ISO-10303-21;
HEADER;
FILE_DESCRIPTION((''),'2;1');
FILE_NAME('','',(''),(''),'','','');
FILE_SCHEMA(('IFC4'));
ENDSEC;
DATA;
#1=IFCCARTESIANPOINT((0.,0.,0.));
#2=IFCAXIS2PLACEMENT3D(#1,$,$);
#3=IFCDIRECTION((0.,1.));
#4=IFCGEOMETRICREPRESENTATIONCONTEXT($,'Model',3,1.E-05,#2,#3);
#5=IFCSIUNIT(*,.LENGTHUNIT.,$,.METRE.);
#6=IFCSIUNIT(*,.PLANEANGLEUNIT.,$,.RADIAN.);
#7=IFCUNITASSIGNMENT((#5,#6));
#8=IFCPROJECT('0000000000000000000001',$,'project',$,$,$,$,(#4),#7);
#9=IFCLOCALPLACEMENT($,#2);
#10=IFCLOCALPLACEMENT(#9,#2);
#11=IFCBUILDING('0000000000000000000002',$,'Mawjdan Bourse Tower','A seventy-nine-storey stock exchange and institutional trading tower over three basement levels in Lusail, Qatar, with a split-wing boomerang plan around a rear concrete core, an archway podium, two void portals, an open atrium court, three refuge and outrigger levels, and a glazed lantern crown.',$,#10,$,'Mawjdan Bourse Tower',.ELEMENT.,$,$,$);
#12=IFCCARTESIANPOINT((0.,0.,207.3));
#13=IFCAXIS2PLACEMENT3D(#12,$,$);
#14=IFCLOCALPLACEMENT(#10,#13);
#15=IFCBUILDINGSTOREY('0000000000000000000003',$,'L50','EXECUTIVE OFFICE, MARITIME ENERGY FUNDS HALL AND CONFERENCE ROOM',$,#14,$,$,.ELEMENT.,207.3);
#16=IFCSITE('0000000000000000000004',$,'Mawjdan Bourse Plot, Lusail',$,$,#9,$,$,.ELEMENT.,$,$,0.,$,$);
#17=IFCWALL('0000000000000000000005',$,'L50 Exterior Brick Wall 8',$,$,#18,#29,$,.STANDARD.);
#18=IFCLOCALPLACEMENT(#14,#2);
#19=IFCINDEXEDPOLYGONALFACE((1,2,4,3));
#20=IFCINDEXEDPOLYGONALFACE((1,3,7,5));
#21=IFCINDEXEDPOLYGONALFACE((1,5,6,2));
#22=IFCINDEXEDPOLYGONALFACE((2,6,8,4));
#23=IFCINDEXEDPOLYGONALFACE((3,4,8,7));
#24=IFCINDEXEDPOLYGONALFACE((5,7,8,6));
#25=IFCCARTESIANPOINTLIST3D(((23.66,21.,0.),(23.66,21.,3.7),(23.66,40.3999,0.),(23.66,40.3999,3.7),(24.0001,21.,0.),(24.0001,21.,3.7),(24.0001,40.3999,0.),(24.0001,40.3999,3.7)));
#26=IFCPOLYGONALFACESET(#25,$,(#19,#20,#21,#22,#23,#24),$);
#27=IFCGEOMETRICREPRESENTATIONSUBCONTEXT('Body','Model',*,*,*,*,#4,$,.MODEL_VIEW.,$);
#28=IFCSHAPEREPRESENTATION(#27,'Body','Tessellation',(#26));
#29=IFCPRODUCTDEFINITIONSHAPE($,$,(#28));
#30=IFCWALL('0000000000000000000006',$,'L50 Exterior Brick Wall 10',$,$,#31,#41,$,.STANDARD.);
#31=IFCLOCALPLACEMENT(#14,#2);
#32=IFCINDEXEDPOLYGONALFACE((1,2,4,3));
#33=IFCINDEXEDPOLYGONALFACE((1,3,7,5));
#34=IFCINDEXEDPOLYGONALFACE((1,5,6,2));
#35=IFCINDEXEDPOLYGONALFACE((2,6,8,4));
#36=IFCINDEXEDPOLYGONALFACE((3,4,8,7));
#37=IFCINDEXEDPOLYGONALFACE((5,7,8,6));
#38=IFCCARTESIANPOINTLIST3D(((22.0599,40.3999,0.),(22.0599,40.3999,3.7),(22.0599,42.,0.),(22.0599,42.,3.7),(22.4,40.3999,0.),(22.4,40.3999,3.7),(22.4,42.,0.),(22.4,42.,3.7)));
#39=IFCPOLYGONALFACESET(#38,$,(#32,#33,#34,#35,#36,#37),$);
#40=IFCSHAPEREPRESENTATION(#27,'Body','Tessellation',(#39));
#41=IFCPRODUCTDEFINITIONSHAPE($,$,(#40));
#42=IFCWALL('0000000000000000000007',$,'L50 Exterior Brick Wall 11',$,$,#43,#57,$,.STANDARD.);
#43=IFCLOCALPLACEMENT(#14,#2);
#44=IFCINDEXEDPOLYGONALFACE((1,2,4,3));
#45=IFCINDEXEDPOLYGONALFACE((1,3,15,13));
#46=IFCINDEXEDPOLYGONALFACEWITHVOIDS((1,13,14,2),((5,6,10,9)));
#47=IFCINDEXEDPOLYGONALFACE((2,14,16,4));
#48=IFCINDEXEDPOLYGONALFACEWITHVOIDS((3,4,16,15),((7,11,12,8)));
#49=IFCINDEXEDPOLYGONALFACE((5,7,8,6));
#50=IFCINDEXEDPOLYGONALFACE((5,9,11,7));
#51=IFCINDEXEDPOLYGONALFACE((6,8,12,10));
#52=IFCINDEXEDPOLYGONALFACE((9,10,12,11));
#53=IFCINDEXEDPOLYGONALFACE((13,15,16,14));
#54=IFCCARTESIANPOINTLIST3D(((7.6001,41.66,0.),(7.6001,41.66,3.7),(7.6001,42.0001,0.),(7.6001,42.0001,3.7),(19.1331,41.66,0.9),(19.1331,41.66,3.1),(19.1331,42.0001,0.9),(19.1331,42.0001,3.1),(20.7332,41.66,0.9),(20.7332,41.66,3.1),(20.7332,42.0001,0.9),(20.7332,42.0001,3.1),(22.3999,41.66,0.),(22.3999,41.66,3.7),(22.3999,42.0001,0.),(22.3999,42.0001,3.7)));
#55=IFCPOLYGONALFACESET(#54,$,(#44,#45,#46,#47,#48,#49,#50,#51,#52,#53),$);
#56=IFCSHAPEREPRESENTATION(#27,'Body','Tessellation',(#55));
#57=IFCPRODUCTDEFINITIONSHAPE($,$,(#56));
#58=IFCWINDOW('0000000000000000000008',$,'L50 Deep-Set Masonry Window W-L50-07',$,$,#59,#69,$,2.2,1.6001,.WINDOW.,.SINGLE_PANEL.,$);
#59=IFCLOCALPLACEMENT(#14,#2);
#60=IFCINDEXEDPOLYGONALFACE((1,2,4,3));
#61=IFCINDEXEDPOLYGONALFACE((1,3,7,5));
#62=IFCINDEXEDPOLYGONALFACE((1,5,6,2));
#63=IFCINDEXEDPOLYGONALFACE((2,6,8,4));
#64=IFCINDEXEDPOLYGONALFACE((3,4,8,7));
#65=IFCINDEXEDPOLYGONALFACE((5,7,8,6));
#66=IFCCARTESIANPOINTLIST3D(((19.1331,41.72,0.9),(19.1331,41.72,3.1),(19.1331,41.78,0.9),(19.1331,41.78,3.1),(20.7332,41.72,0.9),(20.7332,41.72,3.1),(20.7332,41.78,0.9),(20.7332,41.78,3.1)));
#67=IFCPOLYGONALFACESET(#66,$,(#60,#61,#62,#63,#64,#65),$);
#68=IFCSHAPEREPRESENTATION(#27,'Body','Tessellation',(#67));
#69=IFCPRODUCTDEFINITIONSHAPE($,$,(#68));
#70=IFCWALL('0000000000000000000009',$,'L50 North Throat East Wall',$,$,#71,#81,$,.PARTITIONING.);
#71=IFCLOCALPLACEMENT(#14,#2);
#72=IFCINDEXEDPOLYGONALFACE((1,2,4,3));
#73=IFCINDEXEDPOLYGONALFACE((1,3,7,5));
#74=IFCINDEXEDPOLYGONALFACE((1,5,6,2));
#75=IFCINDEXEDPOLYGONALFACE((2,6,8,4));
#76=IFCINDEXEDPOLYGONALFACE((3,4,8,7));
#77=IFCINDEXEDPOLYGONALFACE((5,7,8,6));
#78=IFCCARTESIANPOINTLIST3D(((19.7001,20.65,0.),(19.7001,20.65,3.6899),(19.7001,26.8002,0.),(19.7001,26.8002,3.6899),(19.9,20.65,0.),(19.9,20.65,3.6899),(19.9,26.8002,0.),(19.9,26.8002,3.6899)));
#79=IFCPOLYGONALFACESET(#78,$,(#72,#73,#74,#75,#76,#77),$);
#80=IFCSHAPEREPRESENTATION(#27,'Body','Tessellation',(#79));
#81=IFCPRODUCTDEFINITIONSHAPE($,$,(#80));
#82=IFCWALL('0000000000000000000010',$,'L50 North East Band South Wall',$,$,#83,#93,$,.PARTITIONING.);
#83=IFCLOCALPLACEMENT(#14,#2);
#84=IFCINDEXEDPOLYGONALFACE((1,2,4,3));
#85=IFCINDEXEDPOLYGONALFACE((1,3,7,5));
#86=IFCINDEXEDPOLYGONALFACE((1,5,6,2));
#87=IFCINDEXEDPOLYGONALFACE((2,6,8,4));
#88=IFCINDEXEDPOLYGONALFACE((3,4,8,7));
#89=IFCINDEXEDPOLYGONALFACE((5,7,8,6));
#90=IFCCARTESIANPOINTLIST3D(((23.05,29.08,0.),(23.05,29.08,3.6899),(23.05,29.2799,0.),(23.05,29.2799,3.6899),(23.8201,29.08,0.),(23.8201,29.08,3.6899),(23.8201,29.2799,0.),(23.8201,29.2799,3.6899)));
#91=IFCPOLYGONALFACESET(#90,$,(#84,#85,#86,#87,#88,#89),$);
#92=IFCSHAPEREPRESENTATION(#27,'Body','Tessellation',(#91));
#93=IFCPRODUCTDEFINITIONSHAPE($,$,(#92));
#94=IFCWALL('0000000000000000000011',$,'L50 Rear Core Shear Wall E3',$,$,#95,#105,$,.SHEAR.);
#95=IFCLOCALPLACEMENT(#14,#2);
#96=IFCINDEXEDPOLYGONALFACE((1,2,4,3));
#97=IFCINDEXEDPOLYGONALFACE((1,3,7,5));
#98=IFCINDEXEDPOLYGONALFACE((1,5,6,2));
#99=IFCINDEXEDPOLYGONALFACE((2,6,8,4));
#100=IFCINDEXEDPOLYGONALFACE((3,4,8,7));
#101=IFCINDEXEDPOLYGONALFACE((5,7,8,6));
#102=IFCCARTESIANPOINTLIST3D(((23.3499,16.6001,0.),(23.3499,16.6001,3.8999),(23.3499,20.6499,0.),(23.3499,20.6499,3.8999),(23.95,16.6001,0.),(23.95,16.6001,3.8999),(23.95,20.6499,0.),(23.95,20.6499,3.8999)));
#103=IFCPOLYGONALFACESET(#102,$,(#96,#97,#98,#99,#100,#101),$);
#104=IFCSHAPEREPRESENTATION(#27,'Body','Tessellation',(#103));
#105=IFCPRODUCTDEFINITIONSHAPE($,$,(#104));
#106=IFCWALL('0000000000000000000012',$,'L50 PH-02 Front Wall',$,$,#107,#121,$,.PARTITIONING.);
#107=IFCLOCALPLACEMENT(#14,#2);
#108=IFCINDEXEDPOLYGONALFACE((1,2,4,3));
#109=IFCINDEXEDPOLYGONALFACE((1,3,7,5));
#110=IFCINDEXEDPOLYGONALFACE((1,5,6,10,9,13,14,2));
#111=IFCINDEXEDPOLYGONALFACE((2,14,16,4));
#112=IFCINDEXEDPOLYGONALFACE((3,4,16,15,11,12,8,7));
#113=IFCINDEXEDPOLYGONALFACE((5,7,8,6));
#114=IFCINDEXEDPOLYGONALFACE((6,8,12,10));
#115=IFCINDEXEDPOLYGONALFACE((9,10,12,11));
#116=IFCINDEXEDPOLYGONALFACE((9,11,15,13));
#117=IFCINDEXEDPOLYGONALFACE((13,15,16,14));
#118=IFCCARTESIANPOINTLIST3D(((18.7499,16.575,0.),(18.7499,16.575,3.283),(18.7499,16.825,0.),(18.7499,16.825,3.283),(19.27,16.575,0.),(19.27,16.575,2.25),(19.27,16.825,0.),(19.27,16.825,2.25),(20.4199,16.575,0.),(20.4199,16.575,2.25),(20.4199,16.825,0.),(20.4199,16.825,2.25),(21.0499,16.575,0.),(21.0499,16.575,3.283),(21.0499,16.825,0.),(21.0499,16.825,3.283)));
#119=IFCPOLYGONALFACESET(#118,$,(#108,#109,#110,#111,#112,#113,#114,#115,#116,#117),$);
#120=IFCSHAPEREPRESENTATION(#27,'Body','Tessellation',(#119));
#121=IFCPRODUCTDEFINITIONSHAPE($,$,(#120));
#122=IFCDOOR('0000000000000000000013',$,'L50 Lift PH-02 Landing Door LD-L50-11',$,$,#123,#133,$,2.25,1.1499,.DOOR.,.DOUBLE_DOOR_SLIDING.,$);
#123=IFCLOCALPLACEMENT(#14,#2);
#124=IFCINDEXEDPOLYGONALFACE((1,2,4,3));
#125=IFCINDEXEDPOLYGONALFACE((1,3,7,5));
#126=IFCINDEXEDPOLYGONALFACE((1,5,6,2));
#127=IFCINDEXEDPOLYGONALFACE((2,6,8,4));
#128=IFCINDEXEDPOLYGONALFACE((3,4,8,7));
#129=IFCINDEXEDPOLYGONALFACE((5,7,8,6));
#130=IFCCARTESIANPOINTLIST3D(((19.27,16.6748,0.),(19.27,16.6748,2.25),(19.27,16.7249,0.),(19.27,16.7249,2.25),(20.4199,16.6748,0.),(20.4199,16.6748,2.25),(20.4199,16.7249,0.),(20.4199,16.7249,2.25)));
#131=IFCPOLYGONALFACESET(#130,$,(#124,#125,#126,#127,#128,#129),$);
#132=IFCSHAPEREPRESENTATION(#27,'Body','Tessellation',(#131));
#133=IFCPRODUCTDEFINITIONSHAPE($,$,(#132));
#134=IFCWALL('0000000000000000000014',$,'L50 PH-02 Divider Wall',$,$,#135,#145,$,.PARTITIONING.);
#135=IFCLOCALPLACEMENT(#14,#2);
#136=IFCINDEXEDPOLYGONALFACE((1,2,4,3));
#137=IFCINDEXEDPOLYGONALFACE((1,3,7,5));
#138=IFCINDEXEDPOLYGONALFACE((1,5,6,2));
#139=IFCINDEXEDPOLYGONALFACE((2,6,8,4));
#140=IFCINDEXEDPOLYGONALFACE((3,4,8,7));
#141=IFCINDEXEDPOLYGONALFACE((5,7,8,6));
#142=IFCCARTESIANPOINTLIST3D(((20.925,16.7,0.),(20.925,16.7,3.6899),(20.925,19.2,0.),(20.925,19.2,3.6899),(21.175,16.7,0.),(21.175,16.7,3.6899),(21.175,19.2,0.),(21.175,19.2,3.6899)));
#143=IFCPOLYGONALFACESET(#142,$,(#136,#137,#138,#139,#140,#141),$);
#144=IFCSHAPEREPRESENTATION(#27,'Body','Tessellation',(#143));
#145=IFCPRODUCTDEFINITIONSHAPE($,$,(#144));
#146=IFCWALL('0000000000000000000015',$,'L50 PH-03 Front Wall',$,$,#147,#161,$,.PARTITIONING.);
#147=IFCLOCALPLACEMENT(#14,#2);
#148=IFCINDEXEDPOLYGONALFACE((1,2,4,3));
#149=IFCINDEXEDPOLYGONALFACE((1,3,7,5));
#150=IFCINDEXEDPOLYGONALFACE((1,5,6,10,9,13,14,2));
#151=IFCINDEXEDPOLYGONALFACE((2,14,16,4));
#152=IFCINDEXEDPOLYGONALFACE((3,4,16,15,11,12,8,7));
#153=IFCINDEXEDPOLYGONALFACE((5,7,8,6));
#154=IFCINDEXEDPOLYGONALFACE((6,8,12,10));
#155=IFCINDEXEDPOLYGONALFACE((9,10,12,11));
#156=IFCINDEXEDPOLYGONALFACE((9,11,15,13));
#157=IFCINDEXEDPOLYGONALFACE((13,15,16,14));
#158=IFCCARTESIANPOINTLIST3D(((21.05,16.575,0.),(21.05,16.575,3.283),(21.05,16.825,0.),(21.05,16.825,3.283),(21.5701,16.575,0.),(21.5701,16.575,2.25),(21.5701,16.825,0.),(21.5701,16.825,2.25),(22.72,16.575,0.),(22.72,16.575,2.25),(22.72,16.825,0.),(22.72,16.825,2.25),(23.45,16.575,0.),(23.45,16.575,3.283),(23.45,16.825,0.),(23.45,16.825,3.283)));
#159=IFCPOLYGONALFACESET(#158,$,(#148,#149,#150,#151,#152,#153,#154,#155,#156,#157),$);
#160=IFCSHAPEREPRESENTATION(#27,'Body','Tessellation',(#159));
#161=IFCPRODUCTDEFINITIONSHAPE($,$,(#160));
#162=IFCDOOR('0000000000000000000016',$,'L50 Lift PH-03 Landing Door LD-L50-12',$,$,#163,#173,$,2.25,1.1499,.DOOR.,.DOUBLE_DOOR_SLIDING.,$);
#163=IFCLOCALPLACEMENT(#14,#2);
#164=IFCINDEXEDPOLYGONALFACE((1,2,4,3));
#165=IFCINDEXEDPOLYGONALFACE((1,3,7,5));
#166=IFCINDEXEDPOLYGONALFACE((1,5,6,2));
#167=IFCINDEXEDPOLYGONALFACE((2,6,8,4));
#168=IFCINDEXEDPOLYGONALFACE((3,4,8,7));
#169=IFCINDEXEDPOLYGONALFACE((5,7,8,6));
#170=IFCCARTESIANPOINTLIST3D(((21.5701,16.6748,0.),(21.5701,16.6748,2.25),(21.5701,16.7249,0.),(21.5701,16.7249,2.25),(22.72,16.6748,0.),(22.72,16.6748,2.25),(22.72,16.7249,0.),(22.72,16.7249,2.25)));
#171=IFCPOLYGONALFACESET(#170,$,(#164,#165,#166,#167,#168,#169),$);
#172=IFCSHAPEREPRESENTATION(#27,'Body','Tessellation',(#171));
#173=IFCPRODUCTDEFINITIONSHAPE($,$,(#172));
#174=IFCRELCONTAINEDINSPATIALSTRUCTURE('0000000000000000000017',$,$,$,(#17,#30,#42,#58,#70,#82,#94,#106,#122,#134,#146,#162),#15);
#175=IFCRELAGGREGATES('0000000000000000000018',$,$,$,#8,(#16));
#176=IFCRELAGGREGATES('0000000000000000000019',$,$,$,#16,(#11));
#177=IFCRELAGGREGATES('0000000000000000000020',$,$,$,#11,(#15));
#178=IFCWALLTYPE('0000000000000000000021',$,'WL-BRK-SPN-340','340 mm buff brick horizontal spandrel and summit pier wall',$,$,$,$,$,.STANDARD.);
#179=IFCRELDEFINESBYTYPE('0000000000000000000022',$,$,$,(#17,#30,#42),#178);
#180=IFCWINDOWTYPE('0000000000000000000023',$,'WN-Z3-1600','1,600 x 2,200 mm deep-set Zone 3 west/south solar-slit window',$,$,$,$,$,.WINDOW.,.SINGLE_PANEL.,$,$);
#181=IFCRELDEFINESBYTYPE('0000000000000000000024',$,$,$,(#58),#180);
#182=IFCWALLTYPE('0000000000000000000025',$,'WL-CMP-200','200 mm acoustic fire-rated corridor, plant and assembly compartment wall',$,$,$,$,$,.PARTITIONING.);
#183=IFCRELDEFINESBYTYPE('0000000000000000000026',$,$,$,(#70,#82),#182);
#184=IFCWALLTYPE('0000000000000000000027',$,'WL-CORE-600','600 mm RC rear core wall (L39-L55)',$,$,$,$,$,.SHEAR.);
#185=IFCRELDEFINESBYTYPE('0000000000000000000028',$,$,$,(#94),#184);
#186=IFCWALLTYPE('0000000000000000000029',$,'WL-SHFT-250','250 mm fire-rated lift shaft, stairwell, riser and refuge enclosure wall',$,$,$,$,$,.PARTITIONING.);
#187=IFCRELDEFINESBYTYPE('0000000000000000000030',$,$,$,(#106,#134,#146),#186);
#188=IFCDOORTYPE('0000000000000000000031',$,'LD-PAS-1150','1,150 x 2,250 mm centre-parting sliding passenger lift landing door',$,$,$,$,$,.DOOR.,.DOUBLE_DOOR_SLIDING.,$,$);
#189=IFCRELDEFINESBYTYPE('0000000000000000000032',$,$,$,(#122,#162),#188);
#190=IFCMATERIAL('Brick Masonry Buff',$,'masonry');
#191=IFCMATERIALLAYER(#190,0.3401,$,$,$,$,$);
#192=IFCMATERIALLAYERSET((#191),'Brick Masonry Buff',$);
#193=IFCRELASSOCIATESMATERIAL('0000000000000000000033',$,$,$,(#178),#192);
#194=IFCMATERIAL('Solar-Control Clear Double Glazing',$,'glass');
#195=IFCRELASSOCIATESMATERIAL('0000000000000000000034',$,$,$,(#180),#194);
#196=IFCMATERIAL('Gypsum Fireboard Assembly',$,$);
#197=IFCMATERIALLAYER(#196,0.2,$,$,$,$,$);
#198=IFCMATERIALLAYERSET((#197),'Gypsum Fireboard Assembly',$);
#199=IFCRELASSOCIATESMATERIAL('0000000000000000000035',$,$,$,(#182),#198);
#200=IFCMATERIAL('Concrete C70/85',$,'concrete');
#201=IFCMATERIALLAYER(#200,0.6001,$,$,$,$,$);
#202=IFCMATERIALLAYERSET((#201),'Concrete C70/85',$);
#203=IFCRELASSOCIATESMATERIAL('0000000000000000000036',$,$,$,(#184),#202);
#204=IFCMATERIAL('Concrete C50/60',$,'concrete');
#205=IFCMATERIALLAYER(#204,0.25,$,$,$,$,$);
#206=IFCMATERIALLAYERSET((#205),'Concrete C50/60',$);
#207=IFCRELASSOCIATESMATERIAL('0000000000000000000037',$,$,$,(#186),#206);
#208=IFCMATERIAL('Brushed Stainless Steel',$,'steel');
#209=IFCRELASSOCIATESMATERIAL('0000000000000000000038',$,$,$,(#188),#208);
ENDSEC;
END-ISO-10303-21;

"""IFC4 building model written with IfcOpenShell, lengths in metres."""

from ifc_helpers import new_model, si_unit, direction, frame, frame_2d, origin, place, context, subcontext, project, spatial, rectangle, extrude, material, layer, layer_set, type_object, element, fill, save


model = new_model("IFC4")

# Units and contexts
model_context = context("Model", 3, precision=1e-05, world=origin(), true_north=direction((0.0, 1.0)))
body_context = subcontext(model_context, "Body", "Model", "MODEL_VIEW")
ifc_project = project(units=[si_unit("LENGTHUNIT", "METRE"), si_unit("PLANEANGLEUNIT", "RADIAN")], contexts=[model_context])

# Site, building, storey
site_placement = place(None, origin())
site = spatial("IfcSite", under=ifc_project, at=site_placement, Name="Mawjdan Bourse Plot, Lusail", CompositionType="ELEMENT", RefElevation=0.0)
building_placement = place(site_placement, origin())
building = spatial("IfcBuilding", under=site, at=building_placement, Name="Mawjdan Bourse Tower", Description="A seventy-nine-storey stock exchange and institutional trading tower over three basement levels in Lusail, Qatar, with a split-wing boomerang plan around a rear concrete core, an archway podium, two void portals, an open atrium court, three refuge and outrigger levels, and a glazed lantern crown.", LongName="Mawjdan Bourse Tower", CompositionType="ELEMENT")
storey_placement = place(building_placement, frame((0.0, 0.0, 207.3)))
storey = spatial("IfcBuildingStorey", under=building, at=storey_placement, Name="L50", Description="EXECUTIVE OFFICE, MARITIME ENERGY FUNDS HALL AND CONFERENCE ROOM", CompositionType="ELEMENT", Elevation=207.3)

# Shared definitions
ifc_material_1 = material(Name="Concrete C70/85", Category="concrete")

# Walls
ifc_material_2 = material(Name="Brick Masonry Buff", Category="masonry")
ifc_layer_1 = layer(ifc_material_2, 0.3401)
ifc_layer_set_1 = layer_set([ifc_layer_1], Name="Brick Masonry Buff")
wall_type_1 = type_object("IfcWallType", Name="WL-BRK-SPN-340", Description="340 mm buff brick horizontal spandrel and summit pier wall", PredefinedType="STANDARD", material=ifc_layer_set_1)
wall_1_placement = place(storey_placement, frame((23.8301, 21.0, 0.0), z_axis=(0.0, 0.0, 1.0), x_axis=(0.0, 1.0, 0.0)))
element("IfcWall", 1, at=wall_1_placement, inside=storey, type_object=wall_type_1, Name="L50 Exterior Brick Wall 8", PredefinedType="STANDARD", context=body_context, shape_type="SweptSolid", body=[
    extrude(rectangle(XDim=19.3999, YDim=0.3401, at=frame_2d((9.7, 0.0))), origin(), (0.0, 0.0, 1.0), 3.7),
])
wall_2_placement = place(storey_placement, frame((22.23, 40.3999, 0.0), z_axis=(0.0, 0.0, 1.0), x_axis=(0.0, 1.0, 0.0)))
element("IfcWall", 2, at=wall_2_placement, inside=storey, type_object=wall_type_1, Name="L50 Exterior Brick Wall 10", PredefinedType="STANDARD", context=body_context, shape_type="SweptSolid", body=[
    extrude(rectangle(XDim=1.6001, YDim=0.3401, at=frame_2d((0.8, 0.0))), origin(), (0.0, 0.0, 1.0), 3.7),
])

# Wall, opening, window
wall_3_placement = place(storey_placement, frame((22.3999, 41.8301, 0.0), z_axis=(0.0, 0.0, 1.0), x_axis=(-1.0, 0.0, 0.0)))
wall_3 = element("IfcWall", 3, at=wall_3_placement, inside=storey, type_object=wall_type_1, Name="L50 Exterior Brick Wall 11", PredefinedType="STANDARD", context=body_context, shape_type="SweptSolid", body=[
    extrude(rectangle(XDim=14.7998, YDim=0.3401, at=frame_2d((7.3999, 0.0))), origin(), (0.0, 0.0, 1.0), 3.7),
])
opening_1_placement = place(wall_3_placement, frame((1.6667, 0.0, 0.8999)))
opening_1 = element("IfcOpeningElement", 4, at=opening_1_placement, cuts=wall_3, PredefinedType="OPENING", context=body_context, shape_type="SweptSolid", body=[
    extrude(rectangle(XDim=1.6001, YDim=2.2, at=frame_2d((0.8, 1.1001))), frame((0.0, 0.1802, 0.0), z_axis=(0.0, -1.0, 0.0), x_axis=(1.0, 0.0, 0.0)), (0.0, 0.0, 1.0), 0.3601),
])
ifc_material_3 = material(Name="Solar-Control Clear Double Glazing", Category="glass")
window_type = type_object("IfcWindowType", Name="WN-Z3-1600", Description="1,600 x 2,200 mm deep-set Zone 3 west/south solar-slit window", PartitioningType="SINGLE_PANEL", PredefinedType="WINDOW", material=ifc_material_3)
window_placement = place(opening_1_placement, origin())
window = element("IfcWindow", 5, at=window_placement, inside=storey, type_object=window_type, Name="L50 Deep-Set Masonry Window W-L50-07", OverallHeight=2.2, OverallWidth=1.6001, PartitioningType="SINGLE_PANEL", PredefinedType="WINDOW", context=body_context, shape_type="SweptSolid", body=[
    extrude(rectangle(XDim=1.6001, YDim=2.2, at=frame_2d((0.8, 1.1001))), frame((0.0, 0.1101, 0.0), z_axis=(0.0, -1.0, 0.0), x_axis=(1.0, 0.0, 0.0)), (0.0, 0.0, 1.0), 0.0601),
])
fill(opening_1, window)

# Shared definitions
ifc_material_4 = material(Name="Gypsum Fireboard Assembly")
ifc_layer_2 = layer(ifc_material_4, 0.2)
ifc_layer_set_2 = layer_set([ifc_layer_2], Name="Gypsum Fireboard Assembly")
wall_type_2 = type_object("IfcWallType", Name="WL-CMP-200", Description="200 mm acoustic fire-rated corridor, plant and assembly compartment wall", PredefinedType="PARTITIONING", material=ifc_layer_set_2)

# Walls
wall_4_placement = place(storey_placement, frame((19.8, 20.6499, 0.0), z_axis=(0.0, 0.0, 1.0), x_axis=(0.0, 1.0, 0.0)))
element("IfcWall", 6, at=wall_4_placement, inside=storey, type_object=wall_type_2, Name="L50 North Throat East Wall", PredefinedType="PARTITIONING", context=body_context, shape_type="SweptSolid", body=[
    extrude(rectangle(XDim=6.1501, YDim=0.2, at=frame_2d((3.0752, 0.0))), origin(), (0.0, 0.0, 1.0), 3.6899),
])
wall_5_placement = place(storey_placement, frame((23.05, 29.1799, 0.0), z_axis=(0.0, 0.0, 1.0), x_axis=(1.0, 0.0, 0.0)))
element("IfcWall", 7, at=wall_5_placement, inside=storey, type_object=wall_type_2, Name="L50 North East Band South Wall", PredefinedType="PARTITIONING", context=body_context, shape_type="SweptSolid", body=[
    extrude(rectangle(XDim=0.77, YDim=0.2, at=frame_2d((0.385, 0.0))), origin(), (0.0, 0.0, 1.0), 3.6899),
])

# Wall
ifc_layer_3 = layer(ifc_material_1, 0.6001)
ifc_layer_set_3 = layer_set([ifc_layer_3], Name="Concrete C70/85")
wall_type_3 = type_object("IfcWallType", Name="WL-CORE-600", Description="600 mm RC rear core wall (L39-L55)", PredefinedType="SHEAR", material=ifc_layer_set_3)
wall_6_placement = place(storey_placement, frame((23.6499, 16.6001, 0.0), z_axis=(0.0, 0.0, 1.0), x_axis=(0.0, 1.0, 0.0)))
element("IfcWall", 8, at=wall_6_placement, inside=storey, type_object=wall_type_3, Name="L50 Rear Core Shear Wall E3", PredefinedType="SHEAR", context=body_context, shape_type="SweptSolid", body=[
    extrude(rectangle(XDim=4.0498, YDim=0.6001, at=frame_2d((2.0249, 0.0))), origin(), (0.0, 0.0, 1.0), 3.8999),
])

# Wall, opening, door
ifc_material_5 = material(Name="Concrete C50/60", Category="concrete")
ifc_layer_4 = layer(ifc_material_5, 0.25)
ifc_layer_set_4 = layer_set([ifc_layer_4], Name="Concrete C50/60")
wall_type_4 = type_object("IfcWallType", Name="WL-SHFT-250", Description="250 mm fire-rated lift shaft, stairwell, riser and refuge enclosure wall", PredefinedType="PARTITIONING", material=ifc_layer_set_4)
wall_7_placement = place(storey_placement, frame((18.75, 16.7, 0.0), z_axis=(0.0, 0.0, 1.0), x_axis=(1.0, 0.0, 0.0)))
wall_7 = element("IfcWall", 9, at=wall_7_placement, inside=storey, type_object=wall_type_4, Name="L50 PH-02 Front Wall", PredefinedType="PARTITIONING", context=body_context, shape_type="SweptSolid", body=[
    extrude(rectangle(XDim=2.3, YDim=0.25, at=frame_2d((1.1499, 0.0))), origin(), (0.0, 0.0, 1.0), 3.283),
])
opening_2_placement = place(wall_7_placement, frame((0.52, 0.0, 0.0)))
opening_2 = element("IfcOpeningElement", 10, at=opening_2_placement, cuts=wall_7, PredefinedType="OPENING", context=body_context, shape_type="SweptSolid", body=[
    extrude(rectangle(XDim=1.1499, YDim=2.25, at=frame_2d((0.575, 1.125))), frame((0.0, 0.135, 0.0), z_axis=(0.0, -1.0, 0.0), x_axis=(1.0, 0.0, 0.0)), (0.0, 0.0, 1.0), 0.27),
])
ifc_material_6 = material(Name="Brushed Stainless Steel", Category="steel")
door_type_1 = type_object("IfcDoorType", Name="LD-PAS-1150", Description="1,150 x 2,250 mm centre-parting sliding passenger lift landing door", OperationType="DOUBLE_DOOR_SLIDING", PredefinedType="DOOR", material=ifc_material_6)
door_1_placement = place(opening_2_placement, origin())
door_1 = element("IfcDoor", 11, at=door_1_placement, inside=storey, type_object=door_type_1, Name="L50 Lift PH-02 Landing Door LD-L50-11", OperationType="DOUBLE_DOOR_SLIDING", OverallHeight=2.25, OverallWidth=1.1499, PredefinedType="DOOR", context=body_context, shape_type="SweptSolid", body=[
    extrude(rectangle(XDim=1.1499, YDim=2.25, at=frame_2d((0.575, 1.125))), frame((0.0, 0.0249, 0.0), z_axis=(0.0, -1.0, 0.0), x_axis=(1.0, 0.0, 0.0)), (0.0, 0.0, 1.0), 0.05),
])
fill(opening_2, door_1)

# Wall
wall_8_placement = place(storey_placement, frame((21.05, 16.7, 0.0), z_axis=(0.0, 0.0, 1.0), x_axis=(0.0, 1.0, 0.0)))
element("IfcWall", 12, at=wall_8_placement, inside=storey, type_object=wall_type_4, Name="L50 PH-02 Divider Wall", PredefinedType="PARTITIONING", context=body_context, shape_type="SweptSolid", body=[
    extrude(rectangle(XDim=2.5, YDim=0.25, at=frame_2d((1.25, 0.0))), origin(), (0.0, 0.0, 1.0), 3.6899),
])

# Wall, opening, door
wall_9_placement = place(storey_placement, frame((21.05, 16.7, 0.0), z_axis=(0.0, 0.0, 1.0), x_axis=(1.0, 0.0, 0.0)))
wall_9 = element("IfcWall", 13, at=wall_9_placement, inside=storey, type_object=wall_type_4, Name="L50 PH-03 Front Wall", PredefinedType="PARTITIONING", context=body_context, shape_type="SweptSolid", body=[
    extrude(rectangle(XDim=2.3999, YDim=0.25, at=frame_2d((1.2, 0.0))), origin(), (0.0, 0.0, 1.0), 3.283),
])
opening_3_placement = place(wall_9_placement, frame((0.52, 0.0, 0.0)))
opening_3 = element("IfcOpeningElement", 14, at=opening_3_placement, cuts=wall_9, PredefinedType="OPENING", context=body_context, shape_type="SweptSolid", body=[
    extrude(rectangle(XDim=1.1499, YDim=2.25, at=frame_2d((0.575, 1.125))), frame((0.0, 0.135, 0.0), z_axis=(0.0, -1.0, 0.0), x_axis=(1.0, 0.0, 0.0)), (0.0, 0.0, 1.0), 0.27),
])
door_2_placement = place(opening_3_placement, origin())
door_2 = element("IfcDoor", 15, at=door_2_placement, inside=storey, type_object=door_type_1, Name="L50 Lift PH-03 Landing Door LD-L50-12", OperationType="DOUBLE_DOOR_SLIDING", OverallHeight=2.25, OverallWidth=1.1499, PredefinedType="DOOR", context=body_context, shape_type="SweptSolid", body=[
    extrude(rectangle(XDim=1.1499, YDim=2.25, at=frame_2d((0.575, 1.125))), frame((0.0, 0.0249, 0.0), z_axis=(0.0, -1.0, 0.0), x_axis=(1.0, 0.0, 0.0)), (0.0, 0.0, 1.0), 0.05),
])
fill(opening_3, door_2)

save(model, "model.ifc")
